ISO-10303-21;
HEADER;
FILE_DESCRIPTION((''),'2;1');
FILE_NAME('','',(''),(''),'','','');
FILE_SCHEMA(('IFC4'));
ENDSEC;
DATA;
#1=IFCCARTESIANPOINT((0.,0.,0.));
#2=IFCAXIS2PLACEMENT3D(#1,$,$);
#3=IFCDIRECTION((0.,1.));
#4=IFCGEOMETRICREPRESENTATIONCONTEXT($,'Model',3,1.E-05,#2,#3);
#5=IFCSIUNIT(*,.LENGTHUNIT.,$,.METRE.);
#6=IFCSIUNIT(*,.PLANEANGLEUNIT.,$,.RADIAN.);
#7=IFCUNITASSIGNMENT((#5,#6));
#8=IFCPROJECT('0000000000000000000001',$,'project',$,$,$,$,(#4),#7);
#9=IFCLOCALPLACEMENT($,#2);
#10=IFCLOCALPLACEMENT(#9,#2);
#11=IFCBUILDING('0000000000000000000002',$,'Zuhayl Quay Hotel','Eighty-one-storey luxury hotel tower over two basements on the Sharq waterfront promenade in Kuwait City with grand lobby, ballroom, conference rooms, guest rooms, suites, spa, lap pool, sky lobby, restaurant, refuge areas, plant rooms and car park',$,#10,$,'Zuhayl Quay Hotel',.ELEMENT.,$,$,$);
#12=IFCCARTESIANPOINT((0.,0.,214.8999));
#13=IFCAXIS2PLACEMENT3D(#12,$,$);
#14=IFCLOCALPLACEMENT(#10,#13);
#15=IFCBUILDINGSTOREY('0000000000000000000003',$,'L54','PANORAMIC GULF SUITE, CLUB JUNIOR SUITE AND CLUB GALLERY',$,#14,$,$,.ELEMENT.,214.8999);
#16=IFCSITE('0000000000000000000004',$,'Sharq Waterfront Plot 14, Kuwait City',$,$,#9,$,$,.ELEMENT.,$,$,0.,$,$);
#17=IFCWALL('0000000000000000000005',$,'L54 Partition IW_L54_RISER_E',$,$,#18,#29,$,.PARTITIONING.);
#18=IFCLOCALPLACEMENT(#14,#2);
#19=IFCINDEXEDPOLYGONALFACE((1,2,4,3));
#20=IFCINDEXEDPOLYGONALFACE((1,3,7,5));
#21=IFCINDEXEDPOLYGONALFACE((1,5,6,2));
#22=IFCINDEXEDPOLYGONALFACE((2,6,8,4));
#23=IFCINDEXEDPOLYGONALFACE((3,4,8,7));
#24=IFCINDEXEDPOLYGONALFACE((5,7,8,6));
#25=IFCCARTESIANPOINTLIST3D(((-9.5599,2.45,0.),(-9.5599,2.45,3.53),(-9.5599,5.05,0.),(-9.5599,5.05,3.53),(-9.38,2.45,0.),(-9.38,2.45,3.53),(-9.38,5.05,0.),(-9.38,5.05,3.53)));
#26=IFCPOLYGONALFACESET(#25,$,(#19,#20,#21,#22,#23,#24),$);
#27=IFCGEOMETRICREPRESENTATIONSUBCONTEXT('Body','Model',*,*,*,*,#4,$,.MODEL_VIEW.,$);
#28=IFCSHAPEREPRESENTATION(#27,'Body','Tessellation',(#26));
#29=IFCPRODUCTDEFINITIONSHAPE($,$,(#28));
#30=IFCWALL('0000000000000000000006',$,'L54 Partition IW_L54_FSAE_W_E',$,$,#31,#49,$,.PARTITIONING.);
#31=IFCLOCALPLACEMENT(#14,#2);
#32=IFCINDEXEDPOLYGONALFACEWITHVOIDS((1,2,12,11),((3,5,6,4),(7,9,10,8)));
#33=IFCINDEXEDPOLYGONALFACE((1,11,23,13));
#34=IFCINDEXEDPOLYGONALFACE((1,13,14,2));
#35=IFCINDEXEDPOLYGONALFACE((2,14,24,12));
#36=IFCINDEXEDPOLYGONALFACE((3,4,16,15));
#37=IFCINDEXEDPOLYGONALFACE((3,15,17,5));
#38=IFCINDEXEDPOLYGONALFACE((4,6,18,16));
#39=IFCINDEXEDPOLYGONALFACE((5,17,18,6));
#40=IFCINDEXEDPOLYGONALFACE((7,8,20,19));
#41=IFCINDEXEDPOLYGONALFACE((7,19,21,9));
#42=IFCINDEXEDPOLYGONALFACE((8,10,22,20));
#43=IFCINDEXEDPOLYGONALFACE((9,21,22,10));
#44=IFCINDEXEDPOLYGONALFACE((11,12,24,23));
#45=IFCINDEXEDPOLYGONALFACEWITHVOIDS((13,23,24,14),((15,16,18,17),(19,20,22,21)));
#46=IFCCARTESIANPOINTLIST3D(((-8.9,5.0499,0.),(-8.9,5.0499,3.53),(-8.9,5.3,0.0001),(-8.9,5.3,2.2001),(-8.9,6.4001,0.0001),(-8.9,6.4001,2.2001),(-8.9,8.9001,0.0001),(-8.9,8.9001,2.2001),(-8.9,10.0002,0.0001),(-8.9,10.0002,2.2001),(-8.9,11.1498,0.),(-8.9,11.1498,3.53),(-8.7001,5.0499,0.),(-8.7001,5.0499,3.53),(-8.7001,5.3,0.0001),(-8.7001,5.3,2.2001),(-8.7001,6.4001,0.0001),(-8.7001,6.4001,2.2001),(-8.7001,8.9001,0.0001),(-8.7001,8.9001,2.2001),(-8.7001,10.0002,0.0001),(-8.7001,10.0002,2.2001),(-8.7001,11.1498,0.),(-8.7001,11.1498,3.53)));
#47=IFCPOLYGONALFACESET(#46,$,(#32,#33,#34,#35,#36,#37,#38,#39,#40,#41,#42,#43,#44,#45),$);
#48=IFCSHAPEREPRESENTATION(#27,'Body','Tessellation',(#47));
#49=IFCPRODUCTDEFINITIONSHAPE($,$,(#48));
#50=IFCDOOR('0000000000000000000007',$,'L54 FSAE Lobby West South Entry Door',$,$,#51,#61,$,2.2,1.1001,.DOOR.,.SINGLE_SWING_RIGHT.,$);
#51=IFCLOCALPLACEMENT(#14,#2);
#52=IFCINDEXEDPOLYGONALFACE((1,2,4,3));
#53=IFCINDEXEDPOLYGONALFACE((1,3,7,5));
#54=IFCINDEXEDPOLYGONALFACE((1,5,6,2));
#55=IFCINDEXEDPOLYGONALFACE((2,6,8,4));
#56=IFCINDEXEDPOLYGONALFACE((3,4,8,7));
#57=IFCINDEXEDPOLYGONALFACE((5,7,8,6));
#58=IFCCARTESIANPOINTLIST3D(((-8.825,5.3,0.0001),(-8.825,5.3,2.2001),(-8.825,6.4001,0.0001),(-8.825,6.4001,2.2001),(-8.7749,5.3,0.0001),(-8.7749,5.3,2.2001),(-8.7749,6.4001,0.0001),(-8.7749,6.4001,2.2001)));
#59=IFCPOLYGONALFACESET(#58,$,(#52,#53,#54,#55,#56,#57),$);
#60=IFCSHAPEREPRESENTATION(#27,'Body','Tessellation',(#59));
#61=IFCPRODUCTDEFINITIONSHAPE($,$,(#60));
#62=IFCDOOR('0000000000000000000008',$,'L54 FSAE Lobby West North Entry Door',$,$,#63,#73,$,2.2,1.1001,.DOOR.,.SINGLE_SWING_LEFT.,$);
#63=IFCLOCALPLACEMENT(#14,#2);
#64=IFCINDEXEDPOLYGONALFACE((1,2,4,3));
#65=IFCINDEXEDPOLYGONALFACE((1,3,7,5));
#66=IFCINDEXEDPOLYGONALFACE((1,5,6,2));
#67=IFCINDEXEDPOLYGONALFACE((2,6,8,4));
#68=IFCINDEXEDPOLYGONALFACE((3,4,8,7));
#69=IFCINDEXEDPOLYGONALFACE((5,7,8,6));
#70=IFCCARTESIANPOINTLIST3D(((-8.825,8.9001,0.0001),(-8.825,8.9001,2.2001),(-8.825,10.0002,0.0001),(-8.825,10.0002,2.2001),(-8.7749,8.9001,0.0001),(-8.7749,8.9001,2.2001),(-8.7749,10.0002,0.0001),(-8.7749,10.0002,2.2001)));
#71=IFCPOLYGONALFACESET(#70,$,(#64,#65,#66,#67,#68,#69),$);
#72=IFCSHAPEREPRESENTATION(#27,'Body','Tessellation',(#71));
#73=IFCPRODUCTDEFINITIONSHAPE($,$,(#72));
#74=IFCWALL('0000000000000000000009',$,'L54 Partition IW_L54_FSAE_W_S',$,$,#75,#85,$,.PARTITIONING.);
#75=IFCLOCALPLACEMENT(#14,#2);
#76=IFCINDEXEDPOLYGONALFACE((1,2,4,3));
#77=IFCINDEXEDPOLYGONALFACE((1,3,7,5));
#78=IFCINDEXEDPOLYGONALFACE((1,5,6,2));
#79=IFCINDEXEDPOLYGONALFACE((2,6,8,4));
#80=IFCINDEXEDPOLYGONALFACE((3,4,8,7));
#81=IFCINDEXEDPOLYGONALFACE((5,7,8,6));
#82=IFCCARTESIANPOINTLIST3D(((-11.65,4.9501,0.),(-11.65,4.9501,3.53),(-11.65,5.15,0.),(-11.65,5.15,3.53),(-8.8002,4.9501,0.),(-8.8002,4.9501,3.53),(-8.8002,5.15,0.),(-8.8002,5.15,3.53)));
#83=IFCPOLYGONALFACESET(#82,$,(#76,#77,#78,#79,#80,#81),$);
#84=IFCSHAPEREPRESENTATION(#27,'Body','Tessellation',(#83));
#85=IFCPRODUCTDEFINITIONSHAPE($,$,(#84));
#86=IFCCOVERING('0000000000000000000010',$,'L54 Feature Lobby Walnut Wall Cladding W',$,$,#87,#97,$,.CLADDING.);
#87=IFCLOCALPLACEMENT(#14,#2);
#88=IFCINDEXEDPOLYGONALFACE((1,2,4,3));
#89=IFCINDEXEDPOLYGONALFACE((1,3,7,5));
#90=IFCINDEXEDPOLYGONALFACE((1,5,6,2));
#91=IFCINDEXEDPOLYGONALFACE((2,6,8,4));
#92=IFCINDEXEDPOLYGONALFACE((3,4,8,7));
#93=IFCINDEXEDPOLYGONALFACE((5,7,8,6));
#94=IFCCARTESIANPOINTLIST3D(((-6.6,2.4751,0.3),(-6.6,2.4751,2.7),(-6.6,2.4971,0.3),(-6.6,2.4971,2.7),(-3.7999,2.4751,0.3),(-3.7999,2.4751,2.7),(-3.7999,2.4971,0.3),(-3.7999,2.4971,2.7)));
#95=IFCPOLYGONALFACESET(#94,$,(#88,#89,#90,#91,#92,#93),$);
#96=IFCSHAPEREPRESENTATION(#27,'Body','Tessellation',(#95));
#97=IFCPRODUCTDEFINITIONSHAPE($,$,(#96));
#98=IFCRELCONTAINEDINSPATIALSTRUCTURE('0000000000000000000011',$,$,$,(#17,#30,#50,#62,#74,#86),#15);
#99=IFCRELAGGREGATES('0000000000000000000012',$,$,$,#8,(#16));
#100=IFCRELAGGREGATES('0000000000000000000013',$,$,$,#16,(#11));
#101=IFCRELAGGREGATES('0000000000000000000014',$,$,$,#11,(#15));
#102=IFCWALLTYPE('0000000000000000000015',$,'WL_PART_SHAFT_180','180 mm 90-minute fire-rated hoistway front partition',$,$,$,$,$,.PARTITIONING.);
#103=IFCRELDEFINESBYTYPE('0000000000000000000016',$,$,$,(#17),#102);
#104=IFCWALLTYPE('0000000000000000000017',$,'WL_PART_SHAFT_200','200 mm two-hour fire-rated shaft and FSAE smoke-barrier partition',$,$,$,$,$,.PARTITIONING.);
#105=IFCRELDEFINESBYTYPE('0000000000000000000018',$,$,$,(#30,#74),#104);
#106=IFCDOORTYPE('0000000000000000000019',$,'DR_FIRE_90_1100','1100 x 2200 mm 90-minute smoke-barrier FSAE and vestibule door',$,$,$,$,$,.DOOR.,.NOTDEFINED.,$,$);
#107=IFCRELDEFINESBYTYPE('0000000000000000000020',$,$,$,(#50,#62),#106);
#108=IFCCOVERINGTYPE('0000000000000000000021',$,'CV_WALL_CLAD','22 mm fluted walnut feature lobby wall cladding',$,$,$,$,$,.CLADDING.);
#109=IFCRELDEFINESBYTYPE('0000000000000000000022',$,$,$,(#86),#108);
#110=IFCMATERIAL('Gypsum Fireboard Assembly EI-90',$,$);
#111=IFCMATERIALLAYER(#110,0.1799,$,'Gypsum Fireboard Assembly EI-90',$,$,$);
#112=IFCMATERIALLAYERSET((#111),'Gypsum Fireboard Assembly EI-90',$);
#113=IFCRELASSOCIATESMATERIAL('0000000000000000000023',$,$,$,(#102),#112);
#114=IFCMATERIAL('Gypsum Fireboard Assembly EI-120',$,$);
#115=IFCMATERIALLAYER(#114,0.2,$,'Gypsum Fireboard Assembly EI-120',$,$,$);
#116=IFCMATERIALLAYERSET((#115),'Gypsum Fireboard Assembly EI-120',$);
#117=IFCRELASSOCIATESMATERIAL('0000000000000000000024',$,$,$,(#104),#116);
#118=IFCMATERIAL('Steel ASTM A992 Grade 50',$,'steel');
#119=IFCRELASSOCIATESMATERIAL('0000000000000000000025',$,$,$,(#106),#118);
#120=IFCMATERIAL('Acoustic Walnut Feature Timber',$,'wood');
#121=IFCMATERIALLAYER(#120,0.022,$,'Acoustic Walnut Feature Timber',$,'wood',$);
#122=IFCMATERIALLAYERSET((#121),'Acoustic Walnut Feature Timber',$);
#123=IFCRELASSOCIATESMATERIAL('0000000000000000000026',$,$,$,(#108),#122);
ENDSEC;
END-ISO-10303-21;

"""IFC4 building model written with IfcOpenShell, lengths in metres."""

from ifc_helpers import new_model, si_unit, direction, frame, frame_2d, origin, origin_2d, place, context, subcontext, project, spatial, rectangle, extrude, material, layer, layer_set, type_object, element, fill, save


model = new_model("IFC4")

# Units and contexts
model_context = context("Model", 3, precision=1e-05, world=origin(), true_north=direction((0.0, 1.0)))
body_context = subcontext(model_context, "Body", "Model", "MODEL_VIEW")
ifc_project = project(units=[si_unit("LENGTHUNIT", "METRE"), si_unit("PLANEANGLEUNIT", "RADIAN")], contexts=[model_context])

# Site, building, storey
site_placement = place(None, origin())
site = spatial("IfcSite", under=ifc_project, at=site_placement, Name="Sharq Waterfront Plot 14, Kuwait City", CompositionType="ELEMENT", RefElevation=0.0)
building_placement = place(site_placement, origin())
building = spatial("IfcBuilding", under=site, at=building_placement, Name="Zuhayl Quay Hotel", Description="Eighty-one-storey luxury hotel tower over two basements on the Sharq waterfront promenade in Kuwait City with grand lobby, ballroom, conference rooms, guest rooms, suites, spa, lap pool, sky lobby, restaurant, refuge areas, plant rooms and car park", LongName="Zuhayl Quay Hotel", CompositionType="ELEMENT")
storey_placement = place(building_placement, frame((0.0, 0.0, 214.8999)))
storey = spatial("IfcBuildingStorey", under=building, at=storey_placement, Name="L54", Description="PANORAMIC GULF SUITE, CLUB JUNIOR SUITE AND CLUB GALLERY", CompositionType="ELEMENT", Elevation=214.8999)

# Shared definitions
ifc_material_1 = material(Name="Steel ASTM A992 Grade 50", Category="steel")

# Shared definitions
ifc_material_2 = material(Name="Gypsum Fireboard Assembly EI-90")

# Wall
ifc_layer_1 = layer(ifc_material_2, 0.1799, Name="Gypsum Fireboard Assembly EI-90")
ifc_layer_set_1 = layer_set([ifc_layer_1], Name="Gypsum Fireboard Assembly EI-90")
wall_type_1 = type_object("IfcWallType", Name="WL_PART_SHAFT_180", Description="180 mm 90-minute fire-rated hoistway front partition", PredefinedType="PARTITIONING", material=ifc_layer_set_1)
wall_1_placement = place(storey_placement, frame((-9.47, 2.45, 0.0), z_axis=(0.0, 0.0, 1.0), x_axis=(0.0, 1.0, 0.0)))
element("IfcWall", 1, at=wall_1_placement, inside=storey, type_object=wall_type_1, Name="L54 Partition IW_L54_RISER_E", PredefinedType="PARTITIONING", context=body_context, shape_type="SweptSolid", body=[
    extrude(rectangle(XDim=2.6001, YDim=0.1799, at=frame_2d((1.3, 0.0))), origin(), (0.0, 0.0, 1.0), 3.53),
])

# Wall, openings, doors
ifc_material_3 = material(Name="Gypsum Fireboard Assembly EI-120")
ifc_layer_2 = layer(ifc_material_3, 0.2, Name="Gypsum Fireboard Assembly EI-120")
ifc_layer_set_2 = layer_set([ifc_layer_2], Name="Gypsum Fireboard Assembly EI-120")
wall_type_2 = type_object("IfcWallType", Name="WL_PART_SHAFT_200", Description="200 mm two-hour fire-rated shaft and FSAE smoke-barrier partition", PredefinedType="PARTITIONING", material=ifc_layer_set_2)
wall_2_placement = place(storey_placement, frame((-8.8, 5.05, 0.0), z_axis=(0.0, 0.0, 1.0), x_axis=(0.0, 1.0, 0.0)))
wall_2 = element("IfcWall", 2, at=wall_2_placement, inside=storey, type_object=wall_type_2, Name="L54 Partition IW_L54_FSAE_W_E", PredefinedType="PARTITIONING", context=body_context, shape_type="SweptSolid", body=[
    extrude(rectangle(XDim=6.0999, YDim=0.2, at=frame_2d((3.0498, 0.0))), origin(), (0.0, 0.0, 1.0), 3.53),
])
opening_1_placement = place(wall_2_placement, frame((0.25, 0.0, 0.0)))
opening_1 = element("IfcOpeningElement", 3, at=opening_1_placement, cuts=wall_2, PredefinedType="OPENING", context=body_context, shape_type="SweptSolid", body=[
    extrude(rectangle(XDim=1.1001, YDim=2.2, at=frame_2d((0.55, 1.1001))), frame((0.0, 0.1099, 0.0), z_axis=(0.0, -1.0, 0.0), x_axis=(1.0, 0.0, 0.0)), (0.0, 0.0, 1.0), 0.22),
])
opening_2_placement = place(wall_2_placement, frame((3.8501, 0.0, 0.0)))
opening_2 = element("IfcOpeningElement", 4, at=opening_2_placement, cuts=wall_2, PredefinedType="OPENING", context=body_context, shape_type="SweptSolid", body=[
    extrude(rectangle(XDim=1.1001, YDim=2.2, at=frame_2d((0.55, 1.1001))), frame((0.0, 0.1099, 0.0), z_axis=(0.0, -1.0, 0.0), x_axis=(1.0, 0.0, 0.0)), (0.0, 0.0, 1.0), 0.22),
])
door_type_1 = type_object("IfcDoorType", Name="DR_FIRE_90_1100", Description="1100 x 2200 mm 90-minute smoke-barrier FSAE and vestibule door", OperationType="NOTDEFINED", PredefinedType="DOOR", material=ifc_material_1)
door_1_placement = place(opening_1_placement, origin())
door_1 = element("IfcDoor", 5, at=door_1_placement, inside=storey, type_object=door_type_1, Name="L54 FSAE Lobby West South Entry Door", OperationType="SINGLE_SWING_RIGHT", OverallHeight=2.2, OverallWidth=1.1001, PredefinedType="DOOR", context=body_context, shape_type="SweptSolid", body=[
    extrude(rectangle(XDim=1.1001, YDim=2.2, at=frame_2d((0.55, 1.1001))), frame((0.0, 0.0249, 0.0), z_axis=(0.0, -1.0, 0.0), x_axis=(1.0, 0.0, 0.0)), (0.0, 0.0, 1.0), 0.05),
])
fill(opening_1, door_1)
door_2_placement = place(opening_2_placement, origin())
door_2 = element("IfcDoor", 6, at=door_2_placement, inside=storey, type_object=door_type_1, Name="L54 FSAE Lobby West North Entry Door", OperationType="SINGLE_SWING_LEFT", OverallHeight=2.2, OverallWidth=1.1001, PredefinedType="DOOR", context=body_context, shape_type="SweptSolid", body=[
    extrude(rectangle(XDim=1.1001, YDim=2.2, at=frame_2d((0.55, 1.1001))), frame((0.0, 0.0249, 0.0), z_axis=(0.0, -1.0, 0.0), x_axis=(1.0, 0.0, 0.0)), (0.0, 0.0, 1.0), 0.05),
])
fill(opening_2, door_2)

# Wall
wall_3_placement = place(storey_placement, frame((-11.6499, 5.05, 0.0), z_axis=(0.0, 0.0, 1.0), x_axis=(1.0, 0.0, 0.0)))
element("IfcWall", 7, at=wall_3_placement, inside=storey, type_object=wall_type_2, Name="L54 Partition IW_L54_FSAE_W_S", PredefinedType="PARTITIONING", context=body_context, shape_type="SweptSolid", body=[
    extrude(rectangle(XDim=2.8499, YDim=0.2, at=frame_2d((1.4248, 0.0))), origin(), (0.0, 0.0, 1.0), 3.53),
])

# Covering
ifc_material_4 = material(Name="Acoustic Walnut Feature Timber", Category="wood")
ifc_layer_3 = layer(ifc_material_4, 0.022, Name="Acoustic Walnut Feature Timber", Category="wood")
ifc_layer_set_3 = layer_set([ifc_layer_3], Name="Acoustic Walnut Feature Timber")
covering_type = type_object("IfcCoveringType", Name="CV_WALL_CLAD", Description="22 mm fluted walnut feature lobby wall cladding", PredefinedType="CLADDING", material=ifc_layer_set_3)
covering_placement = place(storey_placement, frame((-5.2, 2.4861, 0.3), z_axis=(0.0, 0.0, 1.0), x_axis=(1.0, 0.0, 0.0)))
element("IfcCovering", 8, at=covering_placement, inside=storey, type_object=covering_type, Name="L54 Feature Lobby Walnut Wall Cladding W", PredefinedType="CLADDING", context=body_context, shape_type="SweptSolid", body=[
    extrude(rectangle(XDim=2.8, YDim=0.022, at=origin_2d()), origin(), (0.0, 0.0, 1.0), 2.3999),
])

save(model, "model.ifc")
